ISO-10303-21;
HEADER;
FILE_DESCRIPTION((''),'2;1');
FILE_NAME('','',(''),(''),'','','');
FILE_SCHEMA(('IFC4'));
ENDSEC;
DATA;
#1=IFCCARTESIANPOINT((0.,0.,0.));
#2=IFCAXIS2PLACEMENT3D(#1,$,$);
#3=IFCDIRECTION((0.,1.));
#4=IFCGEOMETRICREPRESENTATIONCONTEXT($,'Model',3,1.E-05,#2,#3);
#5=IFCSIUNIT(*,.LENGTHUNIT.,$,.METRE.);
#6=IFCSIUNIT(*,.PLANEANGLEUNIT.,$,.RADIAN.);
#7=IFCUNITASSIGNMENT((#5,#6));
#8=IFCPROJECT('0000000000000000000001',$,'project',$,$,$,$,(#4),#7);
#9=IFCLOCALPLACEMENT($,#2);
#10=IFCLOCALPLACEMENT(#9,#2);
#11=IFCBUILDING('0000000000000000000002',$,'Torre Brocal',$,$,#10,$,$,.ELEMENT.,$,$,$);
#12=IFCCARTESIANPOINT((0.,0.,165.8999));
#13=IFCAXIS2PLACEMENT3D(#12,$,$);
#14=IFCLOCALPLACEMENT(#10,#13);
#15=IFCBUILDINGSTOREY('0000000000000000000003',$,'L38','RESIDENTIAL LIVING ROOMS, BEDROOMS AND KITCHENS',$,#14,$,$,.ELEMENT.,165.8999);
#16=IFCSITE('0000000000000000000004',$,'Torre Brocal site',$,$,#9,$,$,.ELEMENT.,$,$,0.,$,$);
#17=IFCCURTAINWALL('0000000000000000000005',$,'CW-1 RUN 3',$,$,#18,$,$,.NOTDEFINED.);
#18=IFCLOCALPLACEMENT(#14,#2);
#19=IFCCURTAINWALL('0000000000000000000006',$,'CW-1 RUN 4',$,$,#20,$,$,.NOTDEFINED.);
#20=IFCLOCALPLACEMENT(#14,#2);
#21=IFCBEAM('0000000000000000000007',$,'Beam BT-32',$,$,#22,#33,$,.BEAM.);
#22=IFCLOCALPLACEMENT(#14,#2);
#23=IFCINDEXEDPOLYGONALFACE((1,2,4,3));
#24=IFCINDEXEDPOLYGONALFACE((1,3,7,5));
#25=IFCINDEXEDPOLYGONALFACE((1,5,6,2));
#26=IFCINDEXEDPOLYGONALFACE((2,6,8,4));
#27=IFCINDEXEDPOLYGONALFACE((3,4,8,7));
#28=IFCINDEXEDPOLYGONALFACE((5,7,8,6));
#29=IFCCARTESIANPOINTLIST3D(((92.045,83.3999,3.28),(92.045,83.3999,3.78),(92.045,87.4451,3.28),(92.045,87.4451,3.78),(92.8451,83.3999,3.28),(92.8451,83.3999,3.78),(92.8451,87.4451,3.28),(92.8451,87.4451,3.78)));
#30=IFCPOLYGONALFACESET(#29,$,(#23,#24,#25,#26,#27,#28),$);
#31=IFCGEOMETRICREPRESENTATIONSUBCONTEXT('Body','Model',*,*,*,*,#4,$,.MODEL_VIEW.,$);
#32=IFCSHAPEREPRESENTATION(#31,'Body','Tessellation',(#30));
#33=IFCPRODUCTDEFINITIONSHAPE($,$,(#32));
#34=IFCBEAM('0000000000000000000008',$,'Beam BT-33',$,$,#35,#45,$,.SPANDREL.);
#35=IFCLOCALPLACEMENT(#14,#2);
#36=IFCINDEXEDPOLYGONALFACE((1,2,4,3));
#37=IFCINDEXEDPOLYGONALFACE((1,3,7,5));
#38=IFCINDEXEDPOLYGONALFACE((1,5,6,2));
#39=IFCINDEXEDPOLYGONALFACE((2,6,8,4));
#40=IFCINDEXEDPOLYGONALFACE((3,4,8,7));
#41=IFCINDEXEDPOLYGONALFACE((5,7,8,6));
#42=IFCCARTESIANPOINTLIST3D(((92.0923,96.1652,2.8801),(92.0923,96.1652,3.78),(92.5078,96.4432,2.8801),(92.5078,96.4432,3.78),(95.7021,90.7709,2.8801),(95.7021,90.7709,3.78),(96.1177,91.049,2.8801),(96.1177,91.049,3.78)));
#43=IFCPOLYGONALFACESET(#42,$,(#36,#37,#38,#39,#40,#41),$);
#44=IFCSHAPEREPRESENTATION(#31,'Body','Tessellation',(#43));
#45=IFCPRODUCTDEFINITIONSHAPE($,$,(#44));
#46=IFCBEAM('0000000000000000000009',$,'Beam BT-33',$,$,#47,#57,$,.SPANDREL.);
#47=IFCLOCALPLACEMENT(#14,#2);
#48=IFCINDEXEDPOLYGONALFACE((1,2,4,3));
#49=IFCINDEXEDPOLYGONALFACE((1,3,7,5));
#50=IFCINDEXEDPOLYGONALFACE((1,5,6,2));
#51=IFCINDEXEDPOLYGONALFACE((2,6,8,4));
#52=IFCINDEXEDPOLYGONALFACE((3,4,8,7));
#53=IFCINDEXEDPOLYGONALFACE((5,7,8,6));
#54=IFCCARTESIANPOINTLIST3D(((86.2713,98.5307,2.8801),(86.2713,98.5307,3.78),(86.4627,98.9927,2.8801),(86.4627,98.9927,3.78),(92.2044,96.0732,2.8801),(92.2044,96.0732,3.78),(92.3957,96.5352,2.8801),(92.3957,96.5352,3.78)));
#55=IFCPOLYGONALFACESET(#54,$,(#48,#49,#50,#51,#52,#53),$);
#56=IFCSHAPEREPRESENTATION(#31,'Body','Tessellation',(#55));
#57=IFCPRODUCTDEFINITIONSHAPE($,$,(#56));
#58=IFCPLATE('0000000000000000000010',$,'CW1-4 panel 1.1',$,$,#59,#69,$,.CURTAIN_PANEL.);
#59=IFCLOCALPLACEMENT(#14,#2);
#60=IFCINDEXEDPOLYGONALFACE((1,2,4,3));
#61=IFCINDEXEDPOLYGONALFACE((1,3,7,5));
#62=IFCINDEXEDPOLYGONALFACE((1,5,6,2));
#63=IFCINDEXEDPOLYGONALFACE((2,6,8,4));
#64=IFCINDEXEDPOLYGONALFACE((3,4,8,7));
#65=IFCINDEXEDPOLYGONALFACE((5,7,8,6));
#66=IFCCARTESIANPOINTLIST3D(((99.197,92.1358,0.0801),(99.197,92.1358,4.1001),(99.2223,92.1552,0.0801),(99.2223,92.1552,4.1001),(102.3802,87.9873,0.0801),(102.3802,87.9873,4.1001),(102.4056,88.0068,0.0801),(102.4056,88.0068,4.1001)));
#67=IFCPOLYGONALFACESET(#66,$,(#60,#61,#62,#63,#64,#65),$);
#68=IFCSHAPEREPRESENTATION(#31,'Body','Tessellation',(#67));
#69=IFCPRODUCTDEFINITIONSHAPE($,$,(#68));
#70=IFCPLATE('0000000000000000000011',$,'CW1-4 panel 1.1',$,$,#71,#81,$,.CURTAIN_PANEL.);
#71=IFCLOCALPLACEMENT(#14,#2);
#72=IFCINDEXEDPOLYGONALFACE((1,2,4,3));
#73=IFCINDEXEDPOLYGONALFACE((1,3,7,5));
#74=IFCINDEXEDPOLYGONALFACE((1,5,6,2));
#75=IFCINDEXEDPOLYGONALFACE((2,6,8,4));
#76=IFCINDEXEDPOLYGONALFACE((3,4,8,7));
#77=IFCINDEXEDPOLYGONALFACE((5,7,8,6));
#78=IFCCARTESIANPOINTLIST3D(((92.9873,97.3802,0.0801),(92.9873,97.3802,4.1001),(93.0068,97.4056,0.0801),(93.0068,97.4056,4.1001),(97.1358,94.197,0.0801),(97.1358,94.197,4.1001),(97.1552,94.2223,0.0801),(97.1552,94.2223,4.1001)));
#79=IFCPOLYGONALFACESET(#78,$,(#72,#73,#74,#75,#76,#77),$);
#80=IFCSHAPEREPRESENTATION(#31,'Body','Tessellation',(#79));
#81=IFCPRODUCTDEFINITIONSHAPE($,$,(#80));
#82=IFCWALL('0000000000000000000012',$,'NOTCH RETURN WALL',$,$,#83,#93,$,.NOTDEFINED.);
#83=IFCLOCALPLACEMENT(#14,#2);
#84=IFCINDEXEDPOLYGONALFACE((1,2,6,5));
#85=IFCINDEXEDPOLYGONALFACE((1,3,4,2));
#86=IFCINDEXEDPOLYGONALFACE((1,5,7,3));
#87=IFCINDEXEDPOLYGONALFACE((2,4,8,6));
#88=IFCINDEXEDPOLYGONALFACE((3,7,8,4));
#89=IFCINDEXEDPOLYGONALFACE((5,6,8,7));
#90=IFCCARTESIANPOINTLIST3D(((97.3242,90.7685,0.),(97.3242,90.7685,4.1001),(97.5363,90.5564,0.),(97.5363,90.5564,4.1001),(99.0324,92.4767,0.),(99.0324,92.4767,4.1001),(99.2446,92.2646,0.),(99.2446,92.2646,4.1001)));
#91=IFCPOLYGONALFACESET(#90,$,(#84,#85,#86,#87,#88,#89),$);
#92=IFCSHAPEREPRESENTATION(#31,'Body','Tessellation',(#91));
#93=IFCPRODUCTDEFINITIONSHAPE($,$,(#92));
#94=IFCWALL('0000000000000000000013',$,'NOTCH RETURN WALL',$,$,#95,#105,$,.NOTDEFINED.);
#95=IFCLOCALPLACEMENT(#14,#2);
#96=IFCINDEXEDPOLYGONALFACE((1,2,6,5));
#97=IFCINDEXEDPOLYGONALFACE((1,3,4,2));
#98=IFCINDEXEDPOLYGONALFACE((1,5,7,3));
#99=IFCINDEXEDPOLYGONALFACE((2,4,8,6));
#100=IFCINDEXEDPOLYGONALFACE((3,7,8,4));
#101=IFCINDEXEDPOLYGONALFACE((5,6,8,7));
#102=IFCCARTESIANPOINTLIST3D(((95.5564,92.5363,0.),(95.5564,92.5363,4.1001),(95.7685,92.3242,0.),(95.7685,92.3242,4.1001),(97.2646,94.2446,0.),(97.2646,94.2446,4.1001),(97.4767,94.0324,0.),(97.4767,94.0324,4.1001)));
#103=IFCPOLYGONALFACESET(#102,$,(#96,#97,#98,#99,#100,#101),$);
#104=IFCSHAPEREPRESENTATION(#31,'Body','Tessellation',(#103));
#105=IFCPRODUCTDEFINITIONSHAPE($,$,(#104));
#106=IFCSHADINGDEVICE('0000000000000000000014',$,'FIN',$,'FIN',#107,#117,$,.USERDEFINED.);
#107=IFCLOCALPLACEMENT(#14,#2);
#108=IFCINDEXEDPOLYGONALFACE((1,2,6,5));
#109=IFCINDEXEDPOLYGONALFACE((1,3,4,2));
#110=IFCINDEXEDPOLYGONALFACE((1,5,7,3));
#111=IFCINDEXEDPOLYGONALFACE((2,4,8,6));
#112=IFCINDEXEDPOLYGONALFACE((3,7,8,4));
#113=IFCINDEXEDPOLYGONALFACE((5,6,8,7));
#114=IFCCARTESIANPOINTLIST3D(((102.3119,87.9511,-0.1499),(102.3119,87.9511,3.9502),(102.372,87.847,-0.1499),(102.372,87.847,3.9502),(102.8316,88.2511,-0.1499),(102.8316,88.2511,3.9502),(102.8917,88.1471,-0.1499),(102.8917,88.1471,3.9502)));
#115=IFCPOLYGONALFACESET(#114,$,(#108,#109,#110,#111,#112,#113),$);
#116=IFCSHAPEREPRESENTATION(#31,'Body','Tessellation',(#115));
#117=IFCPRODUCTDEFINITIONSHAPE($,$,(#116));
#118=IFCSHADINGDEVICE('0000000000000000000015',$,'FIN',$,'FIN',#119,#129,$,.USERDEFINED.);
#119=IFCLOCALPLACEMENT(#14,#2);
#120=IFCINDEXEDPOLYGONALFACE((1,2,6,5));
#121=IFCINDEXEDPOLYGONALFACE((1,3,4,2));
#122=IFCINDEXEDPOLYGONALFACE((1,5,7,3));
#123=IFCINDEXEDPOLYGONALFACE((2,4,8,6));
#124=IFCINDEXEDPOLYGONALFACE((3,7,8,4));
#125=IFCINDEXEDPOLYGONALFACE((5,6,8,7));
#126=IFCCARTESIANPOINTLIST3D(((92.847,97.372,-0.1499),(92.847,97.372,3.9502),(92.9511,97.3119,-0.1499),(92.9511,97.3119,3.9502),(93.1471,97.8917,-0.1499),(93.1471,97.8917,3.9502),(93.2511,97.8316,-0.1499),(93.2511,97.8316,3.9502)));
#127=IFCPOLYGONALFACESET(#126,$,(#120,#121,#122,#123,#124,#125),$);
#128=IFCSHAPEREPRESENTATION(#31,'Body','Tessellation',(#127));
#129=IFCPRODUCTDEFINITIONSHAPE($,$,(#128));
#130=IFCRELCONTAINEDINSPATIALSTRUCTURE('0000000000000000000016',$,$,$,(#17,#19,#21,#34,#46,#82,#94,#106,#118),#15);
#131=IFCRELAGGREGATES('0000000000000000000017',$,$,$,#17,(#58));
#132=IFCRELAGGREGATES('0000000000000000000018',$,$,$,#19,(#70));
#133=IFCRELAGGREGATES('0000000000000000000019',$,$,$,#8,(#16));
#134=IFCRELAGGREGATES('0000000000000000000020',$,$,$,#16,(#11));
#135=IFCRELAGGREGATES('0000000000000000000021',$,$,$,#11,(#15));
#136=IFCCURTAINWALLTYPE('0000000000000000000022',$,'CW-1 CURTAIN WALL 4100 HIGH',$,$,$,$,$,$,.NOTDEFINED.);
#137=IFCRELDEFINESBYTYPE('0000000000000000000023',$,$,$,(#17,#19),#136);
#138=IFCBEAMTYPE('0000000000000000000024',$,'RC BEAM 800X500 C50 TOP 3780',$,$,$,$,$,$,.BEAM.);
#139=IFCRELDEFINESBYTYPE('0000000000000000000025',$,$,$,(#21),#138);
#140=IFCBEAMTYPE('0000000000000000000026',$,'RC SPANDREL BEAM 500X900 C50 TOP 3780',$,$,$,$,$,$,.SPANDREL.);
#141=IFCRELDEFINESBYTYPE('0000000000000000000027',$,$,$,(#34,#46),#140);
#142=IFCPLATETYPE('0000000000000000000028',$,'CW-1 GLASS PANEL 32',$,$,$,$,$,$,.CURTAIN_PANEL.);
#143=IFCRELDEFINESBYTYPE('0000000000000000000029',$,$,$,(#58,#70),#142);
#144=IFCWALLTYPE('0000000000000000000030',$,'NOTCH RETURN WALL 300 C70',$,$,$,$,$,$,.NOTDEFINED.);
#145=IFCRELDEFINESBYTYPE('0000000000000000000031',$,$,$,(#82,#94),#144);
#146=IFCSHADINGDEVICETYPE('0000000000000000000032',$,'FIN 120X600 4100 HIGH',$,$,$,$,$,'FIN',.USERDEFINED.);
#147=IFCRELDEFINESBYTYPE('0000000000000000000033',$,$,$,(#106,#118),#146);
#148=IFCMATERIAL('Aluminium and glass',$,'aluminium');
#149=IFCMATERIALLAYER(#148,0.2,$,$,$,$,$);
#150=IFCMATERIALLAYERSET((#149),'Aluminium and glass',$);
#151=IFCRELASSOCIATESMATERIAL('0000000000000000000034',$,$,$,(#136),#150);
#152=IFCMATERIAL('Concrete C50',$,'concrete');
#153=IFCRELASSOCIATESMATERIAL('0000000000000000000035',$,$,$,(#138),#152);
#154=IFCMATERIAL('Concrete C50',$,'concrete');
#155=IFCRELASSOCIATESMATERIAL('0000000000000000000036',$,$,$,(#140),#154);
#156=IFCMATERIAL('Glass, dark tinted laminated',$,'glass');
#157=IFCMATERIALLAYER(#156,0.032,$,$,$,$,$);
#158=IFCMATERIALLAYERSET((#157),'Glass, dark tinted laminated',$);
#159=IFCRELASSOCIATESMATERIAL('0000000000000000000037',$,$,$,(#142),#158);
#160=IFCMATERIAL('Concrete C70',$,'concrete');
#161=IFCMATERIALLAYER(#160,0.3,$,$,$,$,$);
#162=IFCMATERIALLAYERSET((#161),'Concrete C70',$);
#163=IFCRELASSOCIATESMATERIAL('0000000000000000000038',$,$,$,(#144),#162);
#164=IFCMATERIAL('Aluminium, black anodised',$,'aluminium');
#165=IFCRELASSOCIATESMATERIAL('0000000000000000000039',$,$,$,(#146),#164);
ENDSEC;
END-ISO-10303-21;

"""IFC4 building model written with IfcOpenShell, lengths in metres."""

from ifc_helpers import new_model, si_unit, direction, frame, frame_2d, origin, origin_2d, place, context, subcontext, project, spatial, rectangle, extrude, material, layer, layer_set, material_profile, profile_set, type_object, element, aggregate, save


model = new_model("IFC4")

# Units and contexts
model_context = context("Model", 3, precision=1e-05, world=origin(), true_north=direction((0.0, 1.0)))
body_context = subcontext(model_context, "Body", "Model", "MODEL_VIEW")
ifc_project = project(units=[si_unit("LENGTHUNIT", "METRE"), si_unit("PLANEANGLEUNIT", "RADIAN")], contexts=[model_context])

# Site, building, storey
site_placement = place(None, origin())
site = spatial("IfcSite", under=ifc_project, at=site_placement, Name="Torre Brocal site", CompositionType="ELEMENT", RefElevation=0.0)
building_placement = place(site_placement, origin())
building = spatial("IfcBuilding", under=site, at=building_placement, Name="Torre Brocal", CompositionType="ELEMENT")
storey_placement = place(building_placement, frame((0.0, 0.0, 165.8999)))
storey = spatial("IfcBuildingStorey", under=building, at=storey_placement, Name="L38", Description="RESIDENTIAL LIVING ROOMS, BEDROOMS AND KITCHENS", CompositionType="ELEMENT", Elevation=165.8999)

# Shared definitions
ifc_material_1 = material(Name="Aluminium and glass", Category="aluminium")
ifc_layer_1 = layer(ifc_material_1, 0.2)
ifc_layer_set_1 = layer_set([ifc_layer_1], Name="Aluminium and glass")
curtain_wall_type = type_object("IfcCurtainWallType", Name="CW-1 CURTAIN WALL 4100 HIGH", PredefinedType="NOTDEFINED", material=ifc_layer_set_1)

# Curtain walls
curtain_wall_1_placement = place(storey_placement, origin())
curtain_wall_1 = element("IfcCurtainWall", 1, at=curtain_wall_1_placement, inside=storey, type_object=curtain_wall_type, Name="CW-1 RUN 3", PredefinedType="NOTDEFINED")
curtain_wall_2_placement = place(storey_placement, origin())
curtain_wall_2 = element("IfcCurtainWall", 2, at=curtain_wall_2_placement, inside=storey, type_object=curtain_wall_type, Name="CW-1 RUN 4", PredefinedType="NOTDEFINED")

# Beams
ifc_material_2 = material(Name="Concrete C50", Category="concrete")
ifc_material_profile_1 = material_profile(ifc_material_2, rectangle(XDim=0.8, YDim=0.5, at=origin_2d()), Name="RC 800X500")
ifc_profile_set_1 = profile_set([ifc_material_profile_1], Name="Concrete C50")
beam_type_1 = type_object("IfcBeamType", Name="RC BEAM 800X500 C50 TOP 3780", PredefinedType="BEAM", material=ifc_profile_set_1)
beam_1_placement = place(storey_placement, frame((92.4451, 87.4451, 3.53), z_axis=(0.0, -1.0, 0.0), x_axis=(1.0, 0.0, 0.0)))
element("IfcBeam", 3, at=beam_1_placement, inside=storey, type_object=beam_type_1, Name="Beam BT-32", PredefinedType="BEAM", context=body_context, shape_type="SweptSolid", body=[
    extrude(rectangle(XDim=0.8, YDim=0.5, at=origin_2d()), origin(), (0.0, 0.0, 1.0), 4.0452),
])
ifc_material_3 = material(Name="Concrete C50", Category="concrete")
ifc_material_profile_2 = material_profile(ifc_material_3, rectangle(XDim=0.5, YDim=0.8999, at=origin_2d()), Name="RC 500X900")
ifc_profile_set_2 = profile_set([ifc_material_profile_2], Name="Concrete C50")
beam_type_2 = type_object("IfcBeamType", Name="RC SPANDREL BEAM 500X900 C50 TOP 3780", PredefinedType="SPANDREL", material=ifc_profile_set_2)
beam_2_placement = place(storey_placement, frame((95.9099, 90.9099, 3.3301), z_axis=(-0.556158, 0.831077, 0.0), x_axis=(-0.831077, -0.556158, 0.0)))
element("IfcBeam", 4, at=beam_2_placement, inside=storey, type_object=beam_type_2, Name="Beam BT-33", PredefinedType="SPANDREL", context=body_context, shape_type="SweptSolid", body=[
    extrude(rectangle(XDim=0.5, YDim=0.8999, at=origin_2d()), origin(), (0.0, 0.0, 1.0), 6.4907),
])
beam_3_placement = place(storey_placement, frame((92.3, 96.3042, 3.3301), z_axis=(-0.923882, 0.382676, 0.0), x_axis=(-0.382676, -0.923882, 0.0)))
element("IfcBeam", 5, at=beam_3_placement, inside=storey, type_object=beam_type_2, Name="Beam BT-33", PredefinedType="SPANDREL", context=body_context, shape_type="SweptSolid", body=[
    extrude(rectangle(XDim=0.5, YDim=0.8999, at=origin_2d()), origin(), (0.0, 0.0, 1.0), 6.4219),
])

# Plates
ifc_material_4 = material(Name="Glass, dark tinted laminated", Category="glass")
ifc_layer_2 = layer(ifc_material_4, 0.032)
ifc_layer_set_2 = layer_set([ifc_layer_2], Name="Glass, dark tinted laminated")
plate_type = type_object("IfcPlateType", Name="CW-1 GLASS PANEL 32", PredefinedType="CURTAIN_PANEL", material=ifc_layer_set_2)
plate_1_placement = place(storey_placement, frame((100.8013, 90.0713, 0.0801), z_axis=(0.0, 0.0, 1.0), x_axis=(-0.608761, 0.793353, 0.0)))
plate_1 = element("IfcPlate", 6, at=plate_1_placement, type_object=plate_type, Name="CW1-4 panel 1.1", PredefinedType="CURTAIN_PANEL", context=body_context, shape_type="SweptSolid", body=[
    extrude(rectangle(XDim=5.229, YDim=0.032, at=origin_2d()), origin(), (0.0, 0.0, 1.0), 4.02),
])
aggregate(curtain_wall_1, [plate_1])
plate_2_placement = place(storey_placement, frame((95.0713, 95.8013, 0.0801), z_axis=(0.0, 0.0, 1.0), x_axis=(-0.793353, 0.608761, 0.0)))
plate_2 = element("IfcPlate", 7, at=plate_2_placement, type_object=plate_type, Name="CW1-4 panel 1.1", PredefinedType="CURTAIN_PANEL", context=body_context, shape_type="SweptSolid", body=[
    extrude(rectangle(XDim=5.229, YDim=0.032, at=origin_2d()), origin(), (0.0, 0.0, 1.0), 4.02),
])
aggregate(curtain_wall_2, [plate_2])

# Walls
ifc_material_5 = material(Name="Concrete C70", Category="concrete")
ifc_layer_3 = layer(ifc_material_5, 0.3)
ifc_layer_set_3 = layer_set([ifc_layer_3], Name="Concrete C70")
wall_type = type_object("IfcWallType", Name="NOTCH RETURN WALL 300 C70", PredefinedType="NOTDEFINED", material=ifc_layer_set_3)
for number, where, z_axis, x_axis, name in (
    (8, (97.4302, 90.6624, 0.0), (0.0, 0.0, 1.0), (0.707107, 0.707107, 0.0), "NOTCH RETURN WALL"),
    (9, (95.6624, 92.4302, 0.0), (0.0, 0.0, 1.0), (0.707107, 0.707107, 0.0), "NOTCH RETURN WALL"),
):
    element("IfcWall", number, at=place(storey_placement, frame(where, z_axis=z_axis, x_axis=x_axis)), inside=storey, type_object=wall_type, Name=name, PredefinedType="NOTDEFINED", context=body_context, shape_type="SweptSolid", body=[
        extrude(rectangle(XDim=2.4158, YDim=0.3, at=frame_2d((1.208, 0.0))), origin(), (0.0, 0.0, 1.0), 4.1001),
    ])

# Shading devices
ifc_material_6 = material(Name="Aluminium, black anodised", Category="aluminium")
ifc_material_profile_3 = material_profile(ifc_material_6, rectangle(XDim=0.1201, YDim=0.6001, at=origin_2d()), Name="FIN 120X600 4100 HIGH")
ifc_profile_set_3 = profile_set([ifc_material_profile_3], Name="Aluminium, black anodised")
shading_device_type = type_object("IfcShadingDeviceType", Name="FIN 120X600 4100 HIGH", ElementType="FIN", PredefinedType="USERDEFINED", material=ifc_profile_set_3)
for number, where, z_axis, x_axis, name in (
    (10, (102.6018, 88.0491, -0.1499), (0.0, 0.0, 1.0), (-0.5, 0.866025, 0.0), "FIN"),
    (11, (93.0491, 97.6018, -0.1499), (0.0, 0.0, 1.0), (-0.866025, 0.5, 0.0), "FIN"),
):
    element("IfcShadingDevice", number, at=place(storey_placement, frame(where, z_axis=z_axis, x_axis=x_axis)), inside=storey, type_object=shading_device_type, Name=name, ObjectType="FIN", PredefinedType="USERDEFINED", context=body_context, shape_type="SweptSolid", body=[
        extrude(rectangle(XDim=0.1201, YDim=0.6001, at=origin_2d()), origin(), (0.0, 0.0, 1.0), 4.1001),
    ])

save(model, "model.ifc")
